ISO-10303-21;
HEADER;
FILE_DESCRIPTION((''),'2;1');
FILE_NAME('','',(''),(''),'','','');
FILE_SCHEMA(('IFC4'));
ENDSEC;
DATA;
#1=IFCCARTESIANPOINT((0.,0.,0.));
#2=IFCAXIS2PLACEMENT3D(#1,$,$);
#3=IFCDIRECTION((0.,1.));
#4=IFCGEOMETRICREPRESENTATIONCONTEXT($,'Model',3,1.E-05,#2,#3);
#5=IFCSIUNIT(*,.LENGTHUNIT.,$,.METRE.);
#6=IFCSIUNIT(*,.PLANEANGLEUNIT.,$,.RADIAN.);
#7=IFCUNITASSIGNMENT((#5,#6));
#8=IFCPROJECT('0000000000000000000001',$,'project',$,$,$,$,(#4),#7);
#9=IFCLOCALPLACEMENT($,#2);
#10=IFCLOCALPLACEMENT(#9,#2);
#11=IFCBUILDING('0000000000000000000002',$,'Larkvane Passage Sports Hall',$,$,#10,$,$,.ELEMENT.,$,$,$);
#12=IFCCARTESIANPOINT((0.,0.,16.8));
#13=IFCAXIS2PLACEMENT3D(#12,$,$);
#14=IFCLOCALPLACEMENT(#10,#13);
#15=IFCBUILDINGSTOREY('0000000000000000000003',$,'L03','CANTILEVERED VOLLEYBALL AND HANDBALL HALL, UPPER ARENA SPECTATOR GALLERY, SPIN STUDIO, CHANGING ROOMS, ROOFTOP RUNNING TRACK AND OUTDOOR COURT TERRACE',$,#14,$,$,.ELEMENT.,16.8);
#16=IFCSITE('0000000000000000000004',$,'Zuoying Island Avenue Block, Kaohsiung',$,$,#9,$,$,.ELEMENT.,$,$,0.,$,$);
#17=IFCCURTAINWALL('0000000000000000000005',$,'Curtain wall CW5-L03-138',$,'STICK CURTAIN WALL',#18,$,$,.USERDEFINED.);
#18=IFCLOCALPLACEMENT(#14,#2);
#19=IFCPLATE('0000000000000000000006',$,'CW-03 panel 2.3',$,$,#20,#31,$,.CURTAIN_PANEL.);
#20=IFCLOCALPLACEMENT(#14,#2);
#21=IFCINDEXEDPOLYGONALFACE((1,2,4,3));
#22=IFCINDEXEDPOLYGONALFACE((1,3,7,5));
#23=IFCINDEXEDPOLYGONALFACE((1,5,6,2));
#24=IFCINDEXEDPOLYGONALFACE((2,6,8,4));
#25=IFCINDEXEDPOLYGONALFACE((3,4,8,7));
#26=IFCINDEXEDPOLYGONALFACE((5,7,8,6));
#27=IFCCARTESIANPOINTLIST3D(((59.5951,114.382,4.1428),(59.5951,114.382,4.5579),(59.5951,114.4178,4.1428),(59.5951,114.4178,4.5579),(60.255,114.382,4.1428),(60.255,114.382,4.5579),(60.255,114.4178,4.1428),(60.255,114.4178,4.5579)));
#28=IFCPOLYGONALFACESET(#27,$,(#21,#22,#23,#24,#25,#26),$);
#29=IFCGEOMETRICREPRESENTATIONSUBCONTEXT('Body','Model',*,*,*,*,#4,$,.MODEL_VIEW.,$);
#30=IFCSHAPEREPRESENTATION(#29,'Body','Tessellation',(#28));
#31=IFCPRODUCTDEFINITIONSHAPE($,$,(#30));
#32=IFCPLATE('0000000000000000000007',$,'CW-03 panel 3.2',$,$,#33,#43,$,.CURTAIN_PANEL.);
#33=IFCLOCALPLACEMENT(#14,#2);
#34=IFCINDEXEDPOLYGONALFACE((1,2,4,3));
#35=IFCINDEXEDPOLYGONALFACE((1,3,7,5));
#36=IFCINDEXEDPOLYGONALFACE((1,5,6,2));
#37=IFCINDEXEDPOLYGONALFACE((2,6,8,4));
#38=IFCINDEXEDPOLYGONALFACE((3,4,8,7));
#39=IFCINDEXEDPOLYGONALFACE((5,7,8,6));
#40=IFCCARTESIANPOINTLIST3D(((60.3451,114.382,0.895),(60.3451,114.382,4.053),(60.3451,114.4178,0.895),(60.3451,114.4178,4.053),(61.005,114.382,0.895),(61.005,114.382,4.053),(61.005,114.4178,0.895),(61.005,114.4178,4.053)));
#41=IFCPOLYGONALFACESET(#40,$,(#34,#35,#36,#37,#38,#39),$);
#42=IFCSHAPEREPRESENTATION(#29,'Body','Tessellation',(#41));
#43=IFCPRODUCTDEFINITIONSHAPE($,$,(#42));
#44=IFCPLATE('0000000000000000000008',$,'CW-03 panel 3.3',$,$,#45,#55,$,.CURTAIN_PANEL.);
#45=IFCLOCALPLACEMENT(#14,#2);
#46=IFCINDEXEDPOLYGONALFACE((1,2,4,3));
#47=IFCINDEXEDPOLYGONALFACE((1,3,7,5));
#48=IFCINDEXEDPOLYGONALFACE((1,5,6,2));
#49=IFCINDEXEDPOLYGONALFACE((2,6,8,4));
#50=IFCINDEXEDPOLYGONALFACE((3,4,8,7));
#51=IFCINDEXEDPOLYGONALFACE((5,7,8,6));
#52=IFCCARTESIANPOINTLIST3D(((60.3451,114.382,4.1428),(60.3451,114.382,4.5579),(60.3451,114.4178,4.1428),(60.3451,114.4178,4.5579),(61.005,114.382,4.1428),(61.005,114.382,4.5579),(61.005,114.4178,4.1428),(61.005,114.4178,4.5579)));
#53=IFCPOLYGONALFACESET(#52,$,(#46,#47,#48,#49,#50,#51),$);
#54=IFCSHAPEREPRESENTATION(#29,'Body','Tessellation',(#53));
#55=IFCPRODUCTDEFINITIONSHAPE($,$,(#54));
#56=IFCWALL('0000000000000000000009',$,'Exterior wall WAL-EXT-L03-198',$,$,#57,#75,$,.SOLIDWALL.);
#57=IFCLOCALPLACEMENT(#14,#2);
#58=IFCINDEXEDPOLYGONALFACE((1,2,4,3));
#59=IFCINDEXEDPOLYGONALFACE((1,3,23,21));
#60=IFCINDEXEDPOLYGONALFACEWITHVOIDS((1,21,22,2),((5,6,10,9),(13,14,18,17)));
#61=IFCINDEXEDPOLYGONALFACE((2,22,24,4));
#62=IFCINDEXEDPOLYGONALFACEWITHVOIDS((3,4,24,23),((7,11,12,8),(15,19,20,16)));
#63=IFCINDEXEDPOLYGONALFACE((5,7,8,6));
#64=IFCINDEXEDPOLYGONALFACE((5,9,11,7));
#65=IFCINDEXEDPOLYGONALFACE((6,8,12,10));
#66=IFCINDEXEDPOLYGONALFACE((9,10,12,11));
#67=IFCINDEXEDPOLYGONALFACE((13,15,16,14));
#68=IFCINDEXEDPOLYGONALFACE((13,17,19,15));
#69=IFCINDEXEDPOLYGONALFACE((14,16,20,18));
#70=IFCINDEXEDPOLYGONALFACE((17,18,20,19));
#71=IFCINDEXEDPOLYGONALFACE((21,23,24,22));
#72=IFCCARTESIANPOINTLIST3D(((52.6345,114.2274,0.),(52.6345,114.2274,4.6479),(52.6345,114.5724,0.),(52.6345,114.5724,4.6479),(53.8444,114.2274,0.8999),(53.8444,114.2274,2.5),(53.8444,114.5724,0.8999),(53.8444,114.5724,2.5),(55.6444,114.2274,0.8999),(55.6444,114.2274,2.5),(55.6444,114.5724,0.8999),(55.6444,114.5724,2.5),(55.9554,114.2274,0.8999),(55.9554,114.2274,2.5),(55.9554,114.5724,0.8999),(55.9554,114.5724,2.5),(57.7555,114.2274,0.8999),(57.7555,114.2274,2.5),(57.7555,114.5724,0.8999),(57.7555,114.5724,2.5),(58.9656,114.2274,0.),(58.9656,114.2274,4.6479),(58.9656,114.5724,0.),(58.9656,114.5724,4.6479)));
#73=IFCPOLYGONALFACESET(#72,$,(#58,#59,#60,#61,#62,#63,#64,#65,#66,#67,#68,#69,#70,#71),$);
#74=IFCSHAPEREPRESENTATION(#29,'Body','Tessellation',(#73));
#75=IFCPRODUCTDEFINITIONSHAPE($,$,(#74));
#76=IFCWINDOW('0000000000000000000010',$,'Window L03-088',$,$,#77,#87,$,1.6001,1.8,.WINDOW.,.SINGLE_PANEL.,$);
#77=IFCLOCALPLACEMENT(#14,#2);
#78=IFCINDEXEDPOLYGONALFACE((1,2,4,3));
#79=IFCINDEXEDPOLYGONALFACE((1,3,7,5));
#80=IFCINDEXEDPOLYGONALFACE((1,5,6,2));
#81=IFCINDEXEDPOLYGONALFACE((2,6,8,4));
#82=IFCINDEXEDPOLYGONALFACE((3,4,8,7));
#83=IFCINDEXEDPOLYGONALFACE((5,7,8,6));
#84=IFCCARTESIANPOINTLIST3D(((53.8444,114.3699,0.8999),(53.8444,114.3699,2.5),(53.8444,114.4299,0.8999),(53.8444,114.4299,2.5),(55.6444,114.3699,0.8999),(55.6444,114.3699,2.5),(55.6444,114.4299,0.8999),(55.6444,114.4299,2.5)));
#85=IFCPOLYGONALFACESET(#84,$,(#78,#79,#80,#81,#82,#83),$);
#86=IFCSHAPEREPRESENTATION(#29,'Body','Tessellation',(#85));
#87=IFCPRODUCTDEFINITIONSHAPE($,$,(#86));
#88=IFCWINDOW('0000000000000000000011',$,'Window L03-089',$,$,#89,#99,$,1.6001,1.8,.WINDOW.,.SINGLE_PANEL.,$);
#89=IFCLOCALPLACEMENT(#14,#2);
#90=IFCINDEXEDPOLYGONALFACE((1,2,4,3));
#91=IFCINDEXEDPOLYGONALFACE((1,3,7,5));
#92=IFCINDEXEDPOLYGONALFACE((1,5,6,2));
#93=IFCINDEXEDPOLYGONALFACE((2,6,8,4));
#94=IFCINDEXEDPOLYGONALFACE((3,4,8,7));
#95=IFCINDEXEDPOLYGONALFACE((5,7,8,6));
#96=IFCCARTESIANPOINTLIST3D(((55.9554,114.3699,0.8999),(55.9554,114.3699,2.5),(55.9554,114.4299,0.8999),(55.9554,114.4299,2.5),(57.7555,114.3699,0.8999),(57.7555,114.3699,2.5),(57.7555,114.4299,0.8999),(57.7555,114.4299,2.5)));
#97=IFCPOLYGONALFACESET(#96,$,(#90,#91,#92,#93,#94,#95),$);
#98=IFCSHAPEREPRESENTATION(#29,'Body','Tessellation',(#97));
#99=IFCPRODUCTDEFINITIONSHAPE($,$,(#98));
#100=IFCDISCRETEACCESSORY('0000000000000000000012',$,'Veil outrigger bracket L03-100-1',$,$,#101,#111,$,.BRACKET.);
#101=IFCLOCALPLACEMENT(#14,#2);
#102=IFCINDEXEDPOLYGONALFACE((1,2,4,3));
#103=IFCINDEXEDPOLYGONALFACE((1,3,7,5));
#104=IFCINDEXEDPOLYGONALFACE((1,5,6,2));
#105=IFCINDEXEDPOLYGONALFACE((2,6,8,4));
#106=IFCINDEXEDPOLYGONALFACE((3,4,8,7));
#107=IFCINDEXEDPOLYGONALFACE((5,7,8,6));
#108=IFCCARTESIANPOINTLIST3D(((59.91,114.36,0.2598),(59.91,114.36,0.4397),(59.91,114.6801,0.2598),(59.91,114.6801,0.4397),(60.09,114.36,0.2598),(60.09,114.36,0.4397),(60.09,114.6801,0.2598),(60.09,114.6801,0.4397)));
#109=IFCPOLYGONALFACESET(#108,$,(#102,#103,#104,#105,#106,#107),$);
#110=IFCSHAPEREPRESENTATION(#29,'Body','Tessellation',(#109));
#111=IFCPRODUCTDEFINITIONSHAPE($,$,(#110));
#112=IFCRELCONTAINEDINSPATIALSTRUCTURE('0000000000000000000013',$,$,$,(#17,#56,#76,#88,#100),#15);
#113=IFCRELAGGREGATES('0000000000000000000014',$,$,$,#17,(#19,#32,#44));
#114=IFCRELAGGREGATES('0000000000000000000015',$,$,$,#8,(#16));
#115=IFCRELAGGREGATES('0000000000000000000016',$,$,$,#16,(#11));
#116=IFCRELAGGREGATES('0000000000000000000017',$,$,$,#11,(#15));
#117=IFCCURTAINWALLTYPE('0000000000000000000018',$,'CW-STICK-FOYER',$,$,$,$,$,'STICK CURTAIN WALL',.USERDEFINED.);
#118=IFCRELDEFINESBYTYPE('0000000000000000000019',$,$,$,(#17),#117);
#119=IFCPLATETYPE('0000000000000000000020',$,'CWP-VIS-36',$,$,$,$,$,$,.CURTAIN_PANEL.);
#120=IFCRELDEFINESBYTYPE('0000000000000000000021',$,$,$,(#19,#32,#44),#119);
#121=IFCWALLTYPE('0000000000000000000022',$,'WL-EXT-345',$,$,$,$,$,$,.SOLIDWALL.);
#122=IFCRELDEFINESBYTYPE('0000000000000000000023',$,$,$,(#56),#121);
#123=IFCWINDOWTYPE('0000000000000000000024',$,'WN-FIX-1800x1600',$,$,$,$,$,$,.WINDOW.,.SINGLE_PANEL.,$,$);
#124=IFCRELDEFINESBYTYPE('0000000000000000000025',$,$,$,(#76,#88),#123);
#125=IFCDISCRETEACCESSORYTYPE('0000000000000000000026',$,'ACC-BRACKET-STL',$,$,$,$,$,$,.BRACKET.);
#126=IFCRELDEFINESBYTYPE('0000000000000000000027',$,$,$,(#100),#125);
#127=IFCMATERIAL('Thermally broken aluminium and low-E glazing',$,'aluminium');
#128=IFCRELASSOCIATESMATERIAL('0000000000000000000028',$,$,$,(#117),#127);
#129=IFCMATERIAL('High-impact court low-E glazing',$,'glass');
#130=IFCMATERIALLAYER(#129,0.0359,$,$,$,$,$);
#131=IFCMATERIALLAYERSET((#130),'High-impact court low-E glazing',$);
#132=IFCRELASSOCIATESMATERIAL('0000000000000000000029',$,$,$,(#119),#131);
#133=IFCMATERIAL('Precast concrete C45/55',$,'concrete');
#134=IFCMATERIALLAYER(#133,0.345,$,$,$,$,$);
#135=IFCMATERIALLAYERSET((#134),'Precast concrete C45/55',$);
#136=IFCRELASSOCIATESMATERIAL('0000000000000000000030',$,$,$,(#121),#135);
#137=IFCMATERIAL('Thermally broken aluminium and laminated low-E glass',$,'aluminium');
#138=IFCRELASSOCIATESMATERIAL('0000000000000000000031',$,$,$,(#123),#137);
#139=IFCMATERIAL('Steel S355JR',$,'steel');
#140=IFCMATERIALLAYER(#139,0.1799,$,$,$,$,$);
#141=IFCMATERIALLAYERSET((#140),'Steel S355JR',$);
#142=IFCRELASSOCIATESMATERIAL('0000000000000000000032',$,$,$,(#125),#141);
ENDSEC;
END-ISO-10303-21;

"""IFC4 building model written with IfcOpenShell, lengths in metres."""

from ifc_helpers import new_model, si_unit, direction, frame, frame_2d, origin, origin_2d, place, context, subcontext, project, spatial, rectangle, extrude, material, layer, layer_set, type_object, element, fill, aggregate, save


model = new_model("IFC4")

# Units and contexts
model_context = context("Model", 3, precision=1e-05, world=origin(), true_north=direction((0.0, 1.0)))
body_context = subcontext(model_context, "Body", "Model", "MODEL_VIEW")
ifc_project = project(units=[si_unit("LENGTHUNIT", "METRE"), si_unit("PLANEANGLEUNIT", "RADIAN")], contexts=[model_context])

# Site, building, storey
site_placement = place(None, origin())
site = spatial("IfcSite", under=ifc_project, at=site_placement, Name="Zuoying Island Avenue Block, Kaohsiung", CompositionType="ELEMENT", RefElevation=0.0)
building_placement = place(site_placement, origin())
building = spatial("IfcBuilding", under=site, at=building_placement, Name="Larkvane Passage Sports Hall", CompositionType="ELEMENT")
storey_placement = place(building_placement, frame((0.0, 0.0, 16.8)))
storey = spatial("IfcBuildingStorey", under=building, at=storey_placement, Name="L03", Description="CANTILEVERED VOLLEYBALL AND HANDBALL HALL, UPPER ARENA SPECTATOR GALLERY, SPIN STUDIO, CHANGING ROOMS, ROOFTOP RUNNING TRACK AND OUTDOOR COURT TERRACE", CompositionType="ELEMENT", Elevation=16.8)

# Shared definitions
ifc_material_1 = material(Name="Thermally broken aluminium and low-E glazing", Category="aluminium")

# Curtain wall, plates
curtain_wall_type_1 = type_object("IfcCurtainWallType", Name="CW-STICK-FOYER", ElementType="STICK CURTAIN WALL", PredefinedType="USERDEFINED", material=ifc_material_1)
curtain_wall_1_placement = place(storey_placement, origin())
curtain_wall_1 = element("IfcCurtainWall", 1, at=curtain_wall_1_placement, inside=storey, type_object=curtain_wall_type_1, Name="Curtain wall CW5-L03-138", ObjectType="STICK CURTAIN WALL", PredefinedType="USERDEFINED")
ifc_material_2 = material(Name="High-impact court low-E glazing", Category="glass")
ifc_layer_1 = layer(ifc_material_2, 0.0359)
ifc_layer_set_1 = layer_set([ifc_layer_1], Name="High-impact court low-E glazing")
plate_type_1 = type_object("IfcPlateType", Name="CWP-VIS-36", PredefinedType="CURTAIN_PANEL", material=ifc_layer_set_1)
plate_1_placement = place(storey_placement, frame((59.925, 114.3999, 4.1428), z_axis=(0.0, 0.0, 1.0), x_axis=(1.0, 0.0, 0.0)))
plate_1 = element("IfcPlate", 2, at=plate_1_placement, type_object=plate_type_1, Name="CW-03 panel 2.3", PredefinedType="CURTAIN_PANEL", context=body_context, shape_type="SweptSolid", body=[
    extrude(rectangle(XDim=0.6599, YDim=0.0359, at=origin_2d()), origin(), (0.0, 0.0, 1.0), 0.415),
])
plate_2_placement = place(storey_placement, frame((60.675, 114.3999, 0.895), z_axis=(0.0, 0.0, 1.0), x_axis=(1.0, 0.0, 0.0)))
plate_2 = element("IfcPlate", 3, at=plate_2_placement, type_object=plate_type_1, Name="CW-03 panel 3.2", PredefinedType="CURTAIN_PANEL", context=body_context, shape_type="SweptSolid", body=[
    extrude(rectangle(XDim=0.6599, YDim=0.0359, at=origin_2d()), origin(), (0.0, 0.0, 1.0), 3.158),
])
plate_3_placement = place(storey_placement, frame((60.675, 114.3999, 4.1428), z_axis=(0.0, 0.0, 1.0), x_axis=(1.0, 0.0, 0.0)))
plate_3 = element("IfcPlate", 4, at=plate_3_placement, type_object=plate_type_1, Name="CW-03 panel 3.3", PredefinedType="CURTAIN_PANEL", context=body_context, shape_type="SweptSolid", body=[
    extrude(rectangle(XDim=0.6599, YDim=0.0359, at=origin_2d()), origin(), (0.0, 0.0, 1.0), 0.415),
])
aggregate(curtain_wall_1, [plate_1, plate_2, plate_3])

# Wall, openings, windows
ifc_material_3 = material(Name="Precast concrete C45/55", Category="concrete")
ifc_layer_2 = layer(ifc_material_3, 0.345)
ifc_layer_set_2 = layer_set([ifc_layer_2], Name="Precast concrete C45/55")
wall_type = type_object("IfcWallType", Name="WL-EXT-345", PredefinedType="SOLIDWALL", material=ifc_layer_set_2)
wall_placement = place(storey_placement, frame((52.6345, 114.3999, 0.0), z_axis=(0.0, 0.0, 1.0), x_axis=(1.0, 0.0, 0.0)))
wall = element("IfcWall", 5, at=wall_placement, inside=storey, type_object=wall_type, Name="Exterior wall WAL-EXT-L03-198", PredefinedType="SOLIDWALL", context=body_context, shape_type="SweptSolid", body=[
    extrude(rectangle(XDim=6.3311, YDim=0.345, at=frame_2d((3.1655, 0.0))), origin(), (0.0, 0.0, 1.0), 4.6479),
])
opening_1_placement = place(wall_placement, frame((1.21, 0.0, 0.8999)))
opening_1 = element("IfcOpeningElement", 6, at=opening_1_placement, cuts=wall, PredefinedType="OPENING", context=body_context, shape_type="SweptSolid", body=[
    extrude(rectangle(XDim=1.8, YDim=1.6001, at=frame_2d((0.8999, 0.8))), frame((0.0, 0.1824, 0.0), z_axis=(0.0, -1.0, 0.0), x_axis=(1.0, 0.0, 0.0)), (0.0, 0.0, 1.0), 0.365),
])
opening_2_placement = place(wall_placement, frame((3.321, 0.0, 0.8999)))
opening_2 = element("IfcOpeningElement", 7, at=opening_2_placement, cuts=wall, PredefinedType="OPENING", context=body_context, shape_type="SweptSolid", body=[
    extrude(rectangle(XDim=1.8, YDim=1.6001, at=frame_2d((0.8999, 0.8))), frame((0.0, 0.1824, 0.0), z_axis=(0.0, -1.0, 0.0), x_axis=(1.0, 0.0, 0.0)), (0.0, 0.0, 1.0), 0.365),
])
ifc_material_4 = material(Name="Thermally broken aluminium and laminated low-E glass", Category="aluminium")
window_type = type_object("IfcWindowType", Name="WN-FIX-1800x1600", PartitioningType="SINGLE_PANEL", PredefinedType="WINDOW", material=ifc_material_4)
window_1_placement = place(opening_1_placement, origin())
window_1 = element("IfcWindow", 8, at=window_1_placement, inside=storey, type_object=window_type, Name="Window L03-088", OverallHeight=1.6001, OverallWidth=1.8, PartitioningType="SINGLE_PANEL", PredefinedType="WINDOW", context=body_context, shape_type="SweptSolid", body=[
    extrude(rectangle(XDim=1.8, YDim=1.6001, at=frame_2d((0.8999, 0.8))), frame((0.0, 0.03, 0.0), z_axis=(0.0, -1.0, 0.0), x_axis=(1.0, 0.0, 0.0)), (0.0, 0.0, 1.0), 0.0601),
])
fill(opening_1, window_1)
window_2_placement = place(opening_2_placement, origin())
window_2 = element("IfcWindow", 9, at=window_2_placement, inside=storey, type_object=window_type, Name="Window L03-089", OverallHeight=1.6001, OverallWidth=1.8, PartitioningType="SINGLE_PANEL", PredefinedType="WINDOW", context=body_context, shape_type="SweptSolid", body=[
    extrude(rectangle(XDim=1.8, YDim=1.6001, at=frame_2d((0.8999, 0.8))), frame((0.0, 0.03, 0.0), z_axis=(0.0, -1.0, 0.0), x_axis=(1.0, 0.0, 0.0)), (0.0, 0.0, 1.0), 0.0601),
])
fill(opening_2, window_2)

# Discrete accessory
ifc_material_5 = material(Name="Steel S355JR", Category="steel")
ifc_layer_3 = layer(ifc_material_5, 0.1799)
ifc_layer_set_3 = layer_set([ifc_layer_3], Name="Steel S355JR")
discrete_accessory_type = type_object("IfcDiscreteAccessoryType", Name="ACC-BRACKET-STL", PredefinedType="BRACKET", material=ifc_layer_set_3)
discrete_accessory_placement = place(storey_placement, frame((60.0, 114.52, 0.2598), z_axis=(0.0, 0.0, 1.0), x_axis=(1.0, 0.0, 0.0)))
element("IfcDiscreteAccessory", 10, at=discrete_accessory_placement, inside=storey, type_object=discrete_accessory_type, Name="Veil outrigger bracket L03-100-1", PredefinedType="BRACKET", context=body_context, shape_type="SweptSolid", body=[
    extrude(rectangle(XDim=0.1799, YDim=0.3201, at=origin_2d()), origin(), (0.0, 0.0, 1.0), 0.1799),
])

save(model, "model.ifc")
